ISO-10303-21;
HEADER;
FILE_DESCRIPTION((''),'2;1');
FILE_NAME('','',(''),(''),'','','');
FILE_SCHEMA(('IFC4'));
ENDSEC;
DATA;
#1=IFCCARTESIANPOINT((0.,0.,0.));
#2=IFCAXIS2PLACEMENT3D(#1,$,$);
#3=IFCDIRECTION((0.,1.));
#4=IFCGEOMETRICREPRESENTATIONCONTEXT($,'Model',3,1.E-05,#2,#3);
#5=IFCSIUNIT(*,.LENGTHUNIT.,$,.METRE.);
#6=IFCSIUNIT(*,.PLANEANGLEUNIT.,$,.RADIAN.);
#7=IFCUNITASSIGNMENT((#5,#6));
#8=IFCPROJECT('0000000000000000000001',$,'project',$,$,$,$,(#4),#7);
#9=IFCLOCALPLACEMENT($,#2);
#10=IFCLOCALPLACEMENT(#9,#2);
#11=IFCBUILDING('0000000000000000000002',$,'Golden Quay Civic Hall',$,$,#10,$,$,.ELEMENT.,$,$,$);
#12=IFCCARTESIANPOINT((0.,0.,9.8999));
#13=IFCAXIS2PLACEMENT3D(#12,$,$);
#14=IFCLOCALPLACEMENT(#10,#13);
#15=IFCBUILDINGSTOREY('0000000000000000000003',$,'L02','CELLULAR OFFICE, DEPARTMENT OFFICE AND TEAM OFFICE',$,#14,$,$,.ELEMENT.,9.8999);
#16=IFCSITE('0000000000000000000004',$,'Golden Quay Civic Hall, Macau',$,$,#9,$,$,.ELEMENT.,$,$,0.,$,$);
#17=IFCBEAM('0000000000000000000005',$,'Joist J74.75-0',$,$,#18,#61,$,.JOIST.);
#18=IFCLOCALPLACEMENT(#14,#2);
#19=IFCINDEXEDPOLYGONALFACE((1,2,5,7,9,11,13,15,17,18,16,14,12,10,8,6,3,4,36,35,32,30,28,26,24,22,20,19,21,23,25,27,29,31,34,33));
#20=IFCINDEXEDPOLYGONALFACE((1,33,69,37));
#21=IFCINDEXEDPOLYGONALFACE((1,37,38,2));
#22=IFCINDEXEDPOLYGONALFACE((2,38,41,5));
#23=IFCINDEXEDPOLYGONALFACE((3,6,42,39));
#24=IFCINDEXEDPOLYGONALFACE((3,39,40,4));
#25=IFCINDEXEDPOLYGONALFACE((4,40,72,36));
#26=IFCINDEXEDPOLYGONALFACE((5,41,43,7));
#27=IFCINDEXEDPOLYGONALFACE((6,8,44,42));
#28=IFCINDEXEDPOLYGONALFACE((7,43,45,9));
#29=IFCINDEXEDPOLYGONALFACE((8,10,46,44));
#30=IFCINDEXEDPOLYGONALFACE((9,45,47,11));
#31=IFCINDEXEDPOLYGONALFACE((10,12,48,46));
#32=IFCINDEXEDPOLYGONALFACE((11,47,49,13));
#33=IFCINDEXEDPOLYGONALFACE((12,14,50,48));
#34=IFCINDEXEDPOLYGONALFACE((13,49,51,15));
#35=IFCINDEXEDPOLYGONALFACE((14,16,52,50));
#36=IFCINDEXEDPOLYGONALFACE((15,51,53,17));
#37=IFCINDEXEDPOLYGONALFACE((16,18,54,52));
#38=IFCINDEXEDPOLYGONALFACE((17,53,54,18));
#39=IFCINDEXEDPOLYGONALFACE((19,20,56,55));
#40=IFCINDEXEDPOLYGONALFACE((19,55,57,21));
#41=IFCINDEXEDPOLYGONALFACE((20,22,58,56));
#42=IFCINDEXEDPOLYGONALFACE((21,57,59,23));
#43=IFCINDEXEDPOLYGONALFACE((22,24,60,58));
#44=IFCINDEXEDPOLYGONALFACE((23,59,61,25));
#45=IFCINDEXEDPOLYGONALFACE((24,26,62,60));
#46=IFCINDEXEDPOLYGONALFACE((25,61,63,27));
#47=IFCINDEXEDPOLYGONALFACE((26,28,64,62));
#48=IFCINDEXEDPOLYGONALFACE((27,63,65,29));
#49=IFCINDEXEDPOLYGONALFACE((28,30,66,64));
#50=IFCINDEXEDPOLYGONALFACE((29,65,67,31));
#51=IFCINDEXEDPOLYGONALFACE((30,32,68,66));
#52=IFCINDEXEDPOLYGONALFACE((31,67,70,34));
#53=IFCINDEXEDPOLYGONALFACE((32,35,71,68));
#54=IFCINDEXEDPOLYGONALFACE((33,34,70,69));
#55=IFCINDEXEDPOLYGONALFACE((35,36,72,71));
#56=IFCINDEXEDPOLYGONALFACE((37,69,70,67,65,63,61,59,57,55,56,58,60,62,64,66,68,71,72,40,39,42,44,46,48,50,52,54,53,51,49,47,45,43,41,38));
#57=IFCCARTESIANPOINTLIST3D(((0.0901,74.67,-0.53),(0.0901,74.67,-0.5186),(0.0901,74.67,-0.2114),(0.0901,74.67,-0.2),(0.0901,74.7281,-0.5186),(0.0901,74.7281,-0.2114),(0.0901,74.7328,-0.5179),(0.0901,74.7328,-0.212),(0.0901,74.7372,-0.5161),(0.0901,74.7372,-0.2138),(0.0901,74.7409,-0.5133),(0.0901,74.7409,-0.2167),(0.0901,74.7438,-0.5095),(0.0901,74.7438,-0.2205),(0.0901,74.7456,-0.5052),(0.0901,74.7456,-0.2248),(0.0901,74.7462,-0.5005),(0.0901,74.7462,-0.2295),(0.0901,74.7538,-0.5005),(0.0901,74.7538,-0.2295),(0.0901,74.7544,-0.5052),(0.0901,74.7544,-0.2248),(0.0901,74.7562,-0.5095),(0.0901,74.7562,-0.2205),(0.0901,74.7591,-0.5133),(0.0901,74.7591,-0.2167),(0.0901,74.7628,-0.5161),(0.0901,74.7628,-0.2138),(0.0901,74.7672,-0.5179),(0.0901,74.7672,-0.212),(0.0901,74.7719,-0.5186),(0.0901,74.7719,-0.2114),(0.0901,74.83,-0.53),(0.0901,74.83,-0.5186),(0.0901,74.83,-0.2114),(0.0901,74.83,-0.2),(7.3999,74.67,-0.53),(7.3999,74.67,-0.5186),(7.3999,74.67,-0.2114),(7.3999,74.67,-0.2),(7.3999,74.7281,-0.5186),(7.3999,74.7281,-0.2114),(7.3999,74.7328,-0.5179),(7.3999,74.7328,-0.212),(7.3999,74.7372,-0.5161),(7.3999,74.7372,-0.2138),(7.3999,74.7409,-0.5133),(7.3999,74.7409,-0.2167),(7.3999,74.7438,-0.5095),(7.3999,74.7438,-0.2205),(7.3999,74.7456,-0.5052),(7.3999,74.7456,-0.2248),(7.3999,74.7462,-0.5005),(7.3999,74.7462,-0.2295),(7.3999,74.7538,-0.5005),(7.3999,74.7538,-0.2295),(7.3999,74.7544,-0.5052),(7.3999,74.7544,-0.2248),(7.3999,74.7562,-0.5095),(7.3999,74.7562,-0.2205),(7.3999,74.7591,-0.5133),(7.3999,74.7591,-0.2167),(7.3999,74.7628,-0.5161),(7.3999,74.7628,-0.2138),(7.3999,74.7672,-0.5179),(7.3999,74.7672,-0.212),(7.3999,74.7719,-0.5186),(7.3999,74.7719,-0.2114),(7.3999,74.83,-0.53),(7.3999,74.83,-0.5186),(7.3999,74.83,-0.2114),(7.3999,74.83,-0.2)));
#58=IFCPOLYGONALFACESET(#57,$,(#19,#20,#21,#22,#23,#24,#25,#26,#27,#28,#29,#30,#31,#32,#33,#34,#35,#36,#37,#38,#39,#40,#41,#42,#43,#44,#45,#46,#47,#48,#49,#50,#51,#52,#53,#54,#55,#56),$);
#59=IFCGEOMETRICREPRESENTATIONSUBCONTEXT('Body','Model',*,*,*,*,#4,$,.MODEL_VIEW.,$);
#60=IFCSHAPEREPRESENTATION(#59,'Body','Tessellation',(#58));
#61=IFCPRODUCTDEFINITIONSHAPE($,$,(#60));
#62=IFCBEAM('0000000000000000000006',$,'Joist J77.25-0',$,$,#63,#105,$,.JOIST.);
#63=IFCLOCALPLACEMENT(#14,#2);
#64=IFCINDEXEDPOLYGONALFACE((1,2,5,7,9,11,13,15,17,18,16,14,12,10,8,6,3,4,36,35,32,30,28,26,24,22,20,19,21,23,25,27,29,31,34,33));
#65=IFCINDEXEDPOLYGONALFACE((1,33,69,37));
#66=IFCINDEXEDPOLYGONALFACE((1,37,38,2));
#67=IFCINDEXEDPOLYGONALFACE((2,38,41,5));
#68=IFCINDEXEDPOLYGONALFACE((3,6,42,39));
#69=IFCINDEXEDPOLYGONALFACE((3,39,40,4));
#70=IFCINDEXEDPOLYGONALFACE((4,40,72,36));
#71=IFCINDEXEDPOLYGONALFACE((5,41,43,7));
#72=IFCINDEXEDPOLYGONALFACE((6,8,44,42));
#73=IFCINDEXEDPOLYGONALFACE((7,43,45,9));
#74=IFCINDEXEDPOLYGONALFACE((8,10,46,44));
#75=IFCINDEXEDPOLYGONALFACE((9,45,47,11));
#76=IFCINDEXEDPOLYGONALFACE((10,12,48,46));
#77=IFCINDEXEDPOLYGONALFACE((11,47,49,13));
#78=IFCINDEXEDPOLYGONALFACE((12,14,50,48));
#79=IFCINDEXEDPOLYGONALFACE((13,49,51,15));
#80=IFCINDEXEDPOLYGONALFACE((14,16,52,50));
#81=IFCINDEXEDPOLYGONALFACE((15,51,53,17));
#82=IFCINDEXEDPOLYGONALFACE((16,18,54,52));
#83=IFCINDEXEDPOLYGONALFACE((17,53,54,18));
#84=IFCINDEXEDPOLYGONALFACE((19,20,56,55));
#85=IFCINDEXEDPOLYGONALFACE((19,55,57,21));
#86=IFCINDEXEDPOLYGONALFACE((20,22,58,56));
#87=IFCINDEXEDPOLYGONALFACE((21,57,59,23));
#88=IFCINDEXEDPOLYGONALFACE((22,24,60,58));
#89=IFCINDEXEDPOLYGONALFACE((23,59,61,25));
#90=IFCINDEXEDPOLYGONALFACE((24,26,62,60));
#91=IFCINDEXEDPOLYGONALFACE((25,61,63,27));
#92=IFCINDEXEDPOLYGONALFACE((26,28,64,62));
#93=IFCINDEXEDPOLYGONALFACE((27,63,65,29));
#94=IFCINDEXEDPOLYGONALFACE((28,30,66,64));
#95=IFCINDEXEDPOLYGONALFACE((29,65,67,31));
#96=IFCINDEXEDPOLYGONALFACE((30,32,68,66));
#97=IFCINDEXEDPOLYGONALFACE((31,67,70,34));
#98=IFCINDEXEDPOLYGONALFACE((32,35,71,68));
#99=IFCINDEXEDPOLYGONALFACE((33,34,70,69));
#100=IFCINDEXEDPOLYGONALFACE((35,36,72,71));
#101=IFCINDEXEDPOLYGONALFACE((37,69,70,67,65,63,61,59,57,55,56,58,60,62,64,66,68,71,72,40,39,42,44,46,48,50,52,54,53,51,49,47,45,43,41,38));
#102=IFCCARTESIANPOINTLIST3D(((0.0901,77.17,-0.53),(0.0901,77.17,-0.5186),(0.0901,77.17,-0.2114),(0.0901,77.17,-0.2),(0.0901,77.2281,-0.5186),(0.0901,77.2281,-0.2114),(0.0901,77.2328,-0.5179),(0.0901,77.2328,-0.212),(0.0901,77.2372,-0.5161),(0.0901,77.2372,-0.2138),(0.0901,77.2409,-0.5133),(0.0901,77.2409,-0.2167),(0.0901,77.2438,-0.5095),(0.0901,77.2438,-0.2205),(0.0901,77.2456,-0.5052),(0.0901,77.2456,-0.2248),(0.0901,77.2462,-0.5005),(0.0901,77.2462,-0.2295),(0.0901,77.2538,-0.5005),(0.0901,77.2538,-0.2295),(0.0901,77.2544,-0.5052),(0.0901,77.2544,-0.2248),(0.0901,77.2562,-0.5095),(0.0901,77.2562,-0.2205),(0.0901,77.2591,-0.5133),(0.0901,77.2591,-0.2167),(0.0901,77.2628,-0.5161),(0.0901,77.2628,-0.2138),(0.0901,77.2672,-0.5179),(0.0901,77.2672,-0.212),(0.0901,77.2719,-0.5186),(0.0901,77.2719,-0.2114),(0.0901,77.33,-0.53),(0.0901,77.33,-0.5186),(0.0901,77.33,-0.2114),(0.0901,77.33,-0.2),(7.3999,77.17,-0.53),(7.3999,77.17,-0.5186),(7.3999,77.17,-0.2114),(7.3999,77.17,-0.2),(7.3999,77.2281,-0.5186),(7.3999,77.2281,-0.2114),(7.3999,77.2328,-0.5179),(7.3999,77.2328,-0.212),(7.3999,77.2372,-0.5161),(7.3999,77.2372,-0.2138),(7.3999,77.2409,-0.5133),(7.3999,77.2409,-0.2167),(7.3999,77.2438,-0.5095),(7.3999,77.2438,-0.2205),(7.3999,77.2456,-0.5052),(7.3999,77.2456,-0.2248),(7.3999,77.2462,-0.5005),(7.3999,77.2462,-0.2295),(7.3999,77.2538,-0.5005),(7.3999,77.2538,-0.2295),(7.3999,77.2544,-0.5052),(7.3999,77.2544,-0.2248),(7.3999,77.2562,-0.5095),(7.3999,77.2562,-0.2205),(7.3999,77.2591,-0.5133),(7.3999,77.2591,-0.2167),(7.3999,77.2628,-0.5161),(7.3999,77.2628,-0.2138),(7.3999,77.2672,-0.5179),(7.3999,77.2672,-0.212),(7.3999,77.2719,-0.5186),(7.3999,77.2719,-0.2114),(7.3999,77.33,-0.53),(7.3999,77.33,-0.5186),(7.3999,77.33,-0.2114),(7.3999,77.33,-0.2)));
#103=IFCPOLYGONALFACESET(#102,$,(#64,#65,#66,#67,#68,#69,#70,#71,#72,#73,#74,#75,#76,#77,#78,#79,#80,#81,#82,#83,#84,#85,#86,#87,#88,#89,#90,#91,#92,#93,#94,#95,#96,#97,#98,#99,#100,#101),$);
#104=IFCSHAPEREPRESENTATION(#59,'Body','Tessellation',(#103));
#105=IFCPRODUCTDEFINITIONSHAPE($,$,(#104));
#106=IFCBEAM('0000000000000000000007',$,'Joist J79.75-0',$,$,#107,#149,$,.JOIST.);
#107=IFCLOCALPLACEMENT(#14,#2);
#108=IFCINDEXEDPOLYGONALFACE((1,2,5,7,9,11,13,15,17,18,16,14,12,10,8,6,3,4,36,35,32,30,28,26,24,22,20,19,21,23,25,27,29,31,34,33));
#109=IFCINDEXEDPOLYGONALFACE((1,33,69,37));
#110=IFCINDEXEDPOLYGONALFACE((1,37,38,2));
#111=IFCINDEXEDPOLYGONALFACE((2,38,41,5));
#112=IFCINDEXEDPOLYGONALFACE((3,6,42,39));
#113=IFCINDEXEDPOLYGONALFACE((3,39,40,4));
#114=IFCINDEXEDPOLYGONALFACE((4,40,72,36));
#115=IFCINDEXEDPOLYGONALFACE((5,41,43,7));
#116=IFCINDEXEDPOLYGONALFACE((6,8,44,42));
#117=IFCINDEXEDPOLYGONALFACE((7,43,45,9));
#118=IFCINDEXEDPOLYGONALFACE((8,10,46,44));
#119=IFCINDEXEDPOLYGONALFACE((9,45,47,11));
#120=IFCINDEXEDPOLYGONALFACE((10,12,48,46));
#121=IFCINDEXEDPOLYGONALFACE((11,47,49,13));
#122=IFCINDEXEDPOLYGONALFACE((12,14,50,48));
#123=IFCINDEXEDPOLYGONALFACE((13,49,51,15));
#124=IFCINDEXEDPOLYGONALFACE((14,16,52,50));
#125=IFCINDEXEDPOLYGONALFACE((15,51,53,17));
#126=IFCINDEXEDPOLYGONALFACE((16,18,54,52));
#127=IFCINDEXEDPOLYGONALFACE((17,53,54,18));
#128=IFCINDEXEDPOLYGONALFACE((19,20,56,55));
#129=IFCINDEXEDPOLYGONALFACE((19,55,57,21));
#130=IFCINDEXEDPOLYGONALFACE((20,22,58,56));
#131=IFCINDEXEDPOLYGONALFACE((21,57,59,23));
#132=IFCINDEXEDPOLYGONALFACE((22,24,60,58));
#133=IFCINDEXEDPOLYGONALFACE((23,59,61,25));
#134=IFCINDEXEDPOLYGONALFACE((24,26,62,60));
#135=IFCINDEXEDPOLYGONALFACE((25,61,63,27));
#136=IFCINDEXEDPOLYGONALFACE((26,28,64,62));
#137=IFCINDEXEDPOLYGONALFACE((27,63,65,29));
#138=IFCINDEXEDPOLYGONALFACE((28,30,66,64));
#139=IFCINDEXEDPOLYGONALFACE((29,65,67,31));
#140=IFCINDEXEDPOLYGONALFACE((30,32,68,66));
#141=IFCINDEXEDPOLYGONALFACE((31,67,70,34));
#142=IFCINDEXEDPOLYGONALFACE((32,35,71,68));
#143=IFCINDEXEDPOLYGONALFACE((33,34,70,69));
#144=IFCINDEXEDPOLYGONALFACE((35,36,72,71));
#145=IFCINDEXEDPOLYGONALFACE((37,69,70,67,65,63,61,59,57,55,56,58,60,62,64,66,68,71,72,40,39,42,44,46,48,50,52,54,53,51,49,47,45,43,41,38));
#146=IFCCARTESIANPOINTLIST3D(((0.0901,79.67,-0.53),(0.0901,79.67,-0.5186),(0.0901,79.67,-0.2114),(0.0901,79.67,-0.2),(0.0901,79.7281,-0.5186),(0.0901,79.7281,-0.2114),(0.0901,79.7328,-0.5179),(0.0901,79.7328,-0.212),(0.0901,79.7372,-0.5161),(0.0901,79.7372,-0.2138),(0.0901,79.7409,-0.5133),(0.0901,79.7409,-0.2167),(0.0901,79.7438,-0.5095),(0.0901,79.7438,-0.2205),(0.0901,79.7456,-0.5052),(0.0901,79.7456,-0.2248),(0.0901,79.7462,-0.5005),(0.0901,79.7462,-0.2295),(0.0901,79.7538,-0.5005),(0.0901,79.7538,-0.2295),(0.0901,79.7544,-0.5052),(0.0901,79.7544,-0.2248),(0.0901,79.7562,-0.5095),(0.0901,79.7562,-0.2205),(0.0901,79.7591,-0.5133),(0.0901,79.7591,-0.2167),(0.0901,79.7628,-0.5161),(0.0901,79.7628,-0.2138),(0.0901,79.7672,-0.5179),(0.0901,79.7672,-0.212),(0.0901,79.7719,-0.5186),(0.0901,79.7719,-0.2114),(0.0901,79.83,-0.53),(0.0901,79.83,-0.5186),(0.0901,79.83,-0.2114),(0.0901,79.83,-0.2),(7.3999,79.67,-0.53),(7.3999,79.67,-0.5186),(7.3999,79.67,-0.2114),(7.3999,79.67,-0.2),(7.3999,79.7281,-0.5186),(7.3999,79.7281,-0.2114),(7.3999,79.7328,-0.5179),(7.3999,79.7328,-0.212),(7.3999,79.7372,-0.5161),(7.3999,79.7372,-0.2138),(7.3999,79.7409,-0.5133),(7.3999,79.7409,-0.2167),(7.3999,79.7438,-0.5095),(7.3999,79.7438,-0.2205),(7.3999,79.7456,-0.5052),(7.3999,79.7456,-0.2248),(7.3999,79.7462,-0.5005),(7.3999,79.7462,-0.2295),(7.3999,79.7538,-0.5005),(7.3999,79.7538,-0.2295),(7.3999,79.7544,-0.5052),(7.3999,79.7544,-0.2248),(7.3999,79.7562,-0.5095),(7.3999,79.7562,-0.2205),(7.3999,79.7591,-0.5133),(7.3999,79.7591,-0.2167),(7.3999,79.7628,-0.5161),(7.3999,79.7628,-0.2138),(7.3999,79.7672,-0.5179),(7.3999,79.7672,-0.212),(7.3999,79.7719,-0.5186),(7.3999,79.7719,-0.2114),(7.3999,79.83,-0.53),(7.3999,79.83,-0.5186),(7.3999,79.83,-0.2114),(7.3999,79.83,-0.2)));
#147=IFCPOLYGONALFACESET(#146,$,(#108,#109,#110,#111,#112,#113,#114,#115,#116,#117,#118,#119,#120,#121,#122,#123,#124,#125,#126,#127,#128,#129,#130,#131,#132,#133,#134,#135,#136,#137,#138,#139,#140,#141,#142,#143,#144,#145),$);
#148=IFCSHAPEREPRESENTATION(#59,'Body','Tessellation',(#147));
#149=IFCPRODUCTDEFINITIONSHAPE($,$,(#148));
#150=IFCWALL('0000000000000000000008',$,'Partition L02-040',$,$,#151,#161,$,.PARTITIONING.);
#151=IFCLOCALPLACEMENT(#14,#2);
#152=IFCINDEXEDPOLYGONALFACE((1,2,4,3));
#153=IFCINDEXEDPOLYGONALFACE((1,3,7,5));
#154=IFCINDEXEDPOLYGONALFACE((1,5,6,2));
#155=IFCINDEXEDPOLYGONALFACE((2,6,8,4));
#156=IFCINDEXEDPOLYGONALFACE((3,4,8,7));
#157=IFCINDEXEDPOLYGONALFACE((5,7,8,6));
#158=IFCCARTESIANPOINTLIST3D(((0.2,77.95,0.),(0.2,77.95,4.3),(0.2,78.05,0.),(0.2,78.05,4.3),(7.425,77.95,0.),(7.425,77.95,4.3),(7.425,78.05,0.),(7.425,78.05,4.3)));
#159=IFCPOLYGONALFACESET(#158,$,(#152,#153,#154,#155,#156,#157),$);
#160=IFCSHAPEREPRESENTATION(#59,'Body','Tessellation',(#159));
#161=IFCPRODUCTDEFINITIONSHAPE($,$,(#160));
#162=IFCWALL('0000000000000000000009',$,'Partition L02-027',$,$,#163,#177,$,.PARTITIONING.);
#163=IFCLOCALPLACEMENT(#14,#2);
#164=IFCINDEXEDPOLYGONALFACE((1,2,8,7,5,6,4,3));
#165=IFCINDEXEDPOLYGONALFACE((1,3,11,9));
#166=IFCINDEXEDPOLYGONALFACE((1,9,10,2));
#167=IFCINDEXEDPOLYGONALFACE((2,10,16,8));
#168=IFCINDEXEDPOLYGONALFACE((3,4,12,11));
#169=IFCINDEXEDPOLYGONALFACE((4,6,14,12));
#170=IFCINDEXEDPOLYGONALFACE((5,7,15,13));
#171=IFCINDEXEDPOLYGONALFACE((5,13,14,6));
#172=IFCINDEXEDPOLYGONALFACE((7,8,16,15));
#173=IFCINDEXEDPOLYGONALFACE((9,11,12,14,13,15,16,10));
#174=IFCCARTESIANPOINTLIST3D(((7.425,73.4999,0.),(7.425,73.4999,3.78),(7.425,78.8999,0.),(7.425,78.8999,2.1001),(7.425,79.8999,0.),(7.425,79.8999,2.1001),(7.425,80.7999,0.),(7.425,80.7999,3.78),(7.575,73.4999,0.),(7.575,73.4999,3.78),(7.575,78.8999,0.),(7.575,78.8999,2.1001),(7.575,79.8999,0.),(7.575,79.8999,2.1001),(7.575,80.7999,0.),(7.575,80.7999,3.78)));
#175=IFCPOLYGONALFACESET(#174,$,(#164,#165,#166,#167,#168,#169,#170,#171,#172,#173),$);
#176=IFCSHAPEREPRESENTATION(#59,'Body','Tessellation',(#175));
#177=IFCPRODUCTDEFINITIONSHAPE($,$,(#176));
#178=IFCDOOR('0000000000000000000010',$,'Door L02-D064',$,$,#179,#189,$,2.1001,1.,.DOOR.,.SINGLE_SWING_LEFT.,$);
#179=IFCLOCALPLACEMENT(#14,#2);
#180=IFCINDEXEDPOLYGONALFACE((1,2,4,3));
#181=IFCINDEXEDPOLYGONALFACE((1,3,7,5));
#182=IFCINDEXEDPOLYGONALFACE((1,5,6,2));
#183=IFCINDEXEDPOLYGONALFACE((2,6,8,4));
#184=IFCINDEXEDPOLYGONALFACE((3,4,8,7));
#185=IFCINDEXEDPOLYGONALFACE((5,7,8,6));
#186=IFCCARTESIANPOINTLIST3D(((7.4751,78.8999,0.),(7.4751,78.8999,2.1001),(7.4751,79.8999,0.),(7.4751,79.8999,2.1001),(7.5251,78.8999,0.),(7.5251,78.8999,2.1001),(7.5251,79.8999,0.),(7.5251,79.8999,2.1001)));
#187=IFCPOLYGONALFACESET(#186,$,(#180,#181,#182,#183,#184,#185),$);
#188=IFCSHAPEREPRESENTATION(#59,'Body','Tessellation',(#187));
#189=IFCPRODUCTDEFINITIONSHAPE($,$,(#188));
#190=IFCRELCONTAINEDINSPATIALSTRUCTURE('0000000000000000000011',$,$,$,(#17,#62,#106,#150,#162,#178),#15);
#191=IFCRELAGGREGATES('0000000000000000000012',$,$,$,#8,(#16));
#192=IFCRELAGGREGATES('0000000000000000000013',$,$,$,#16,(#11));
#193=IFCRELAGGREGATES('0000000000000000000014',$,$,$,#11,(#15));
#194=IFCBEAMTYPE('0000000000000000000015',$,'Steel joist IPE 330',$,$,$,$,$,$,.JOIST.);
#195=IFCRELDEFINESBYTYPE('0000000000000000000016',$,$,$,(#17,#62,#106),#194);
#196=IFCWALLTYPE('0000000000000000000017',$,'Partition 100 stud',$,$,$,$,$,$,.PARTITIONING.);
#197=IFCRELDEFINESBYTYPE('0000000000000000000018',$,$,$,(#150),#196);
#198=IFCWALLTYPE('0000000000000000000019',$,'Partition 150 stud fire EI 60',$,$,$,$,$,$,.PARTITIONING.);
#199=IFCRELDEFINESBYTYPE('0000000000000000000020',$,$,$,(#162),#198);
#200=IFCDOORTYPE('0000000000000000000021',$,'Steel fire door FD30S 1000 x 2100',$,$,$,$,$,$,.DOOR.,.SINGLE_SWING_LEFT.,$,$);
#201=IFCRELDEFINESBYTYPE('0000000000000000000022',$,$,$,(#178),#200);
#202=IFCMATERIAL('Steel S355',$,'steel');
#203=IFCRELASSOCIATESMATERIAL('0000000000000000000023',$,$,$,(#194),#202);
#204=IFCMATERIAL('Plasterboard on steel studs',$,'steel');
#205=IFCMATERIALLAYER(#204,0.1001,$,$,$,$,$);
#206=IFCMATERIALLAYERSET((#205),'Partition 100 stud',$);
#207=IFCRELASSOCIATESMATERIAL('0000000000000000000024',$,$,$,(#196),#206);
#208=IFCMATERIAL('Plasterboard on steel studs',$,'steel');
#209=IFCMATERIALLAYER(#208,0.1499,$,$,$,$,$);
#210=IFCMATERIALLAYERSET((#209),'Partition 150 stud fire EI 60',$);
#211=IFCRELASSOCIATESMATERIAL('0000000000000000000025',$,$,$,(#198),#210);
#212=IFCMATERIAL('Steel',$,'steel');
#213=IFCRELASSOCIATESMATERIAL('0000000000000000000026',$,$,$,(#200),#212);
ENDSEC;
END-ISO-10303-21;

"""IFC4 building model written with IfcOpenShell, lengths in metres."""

from ifc_helpers import new_model, si_unit, direction, frame, frame_2d, origin, origin_2d, place, context, subcontext, project, spatial, rectangle, i_section, extrude, material, layer, layer_set, material_profile, profile_set, type_object, element, fill, save


model = new_model("IFC4")

# Units and contexts
model_context = context("Model", 3, precision=1e-05, world=origin(), true_north=direction((0.0, 1.0)))
body_context = subcontext(model_context, "Body", "Model", "MODEL_VIEW")
ifc_project = project(units=[si_unit("LENGTHUNIT", "METRE"), si_unit("PLANEANGLEUNIT", "RADIAN")], contexts=[model_context])

# Site, building, storey
site_placement = place(None, origin())
site = spatial("IfcSite", under=ifc_project, at=site_placement, Name="Golden Quay Civic Hall, Macau", CompositionType="ELEMENT", RefElevation=0.0)
building_placement = place(site_placement, origin())
building = spatial("IfcBuilding", under=site, at=building_placement, Name="Golden Quay Civic Hall", CompositionType="ELEMENT")
storey_placement = place(building_placement, frame((0.0, 0.0, 9.8999)))
storey = spatial("IfcBuildingStorey", under=building, at=storey_placement, Name="L02", Description="CELLULAR OFFICE, DEPARTMENT OFFICE AND TEAM OFFICE", CompositionType="ELEMENT", Elevation=9.8999)

# Beams
ifc_material_1 = material(Name="Steel S355", Category="steel")
ifc_material_profile_1 = material_profile(ifc_material_1, i_section(OverallWidth=0.1599, OverallDepth=0.3301, WebThickness=0.0076, FlangeThickness=0.0115, FilletRadius=0.0181, at=origin_2d()), Name="IPE 330")
ifc_profile_set_1 = profile_set([ifc_material_profile_1], Name="Steel S355")
beam_type_1 = type_object("IfcBeamType", Name="Steel joist IPE 330", PredefinedType="JOIST", material=ifc_profile_set_1)
for number, where, z_axis, x_axis, name in (
    (1, (0.0901, 74.75, -0.365), (1.0, 0.0, 0.0), (0.0, 1.0, 0.0), "Joist J74.75-0"),
    (2, (0.0901, 77.25, -0.365), (1.0, 0.0, 0.0), (0.0, 1.0, 0.0), "Joist J77.25-0"),
    (3, (0.0901, 79.75, -0.365), (1.0, 0.0, 0.0), (0.0, 1.0, 0.0), "Joist J79.75-0"),
):
    element("IfcBeam", number, at=place(storey_placement, frame(where, z_axis=z_axis, x_axis=x_axis)), inside=storey, type_object=beam_type_1, Name=name, PredefinedType="JOIST", context=body_context, shape_type="SweptSolid", body=[
        extrude(i_section(OverallWidth=0.1599, OverallDepth=0.3301, WebThickness=0.0076, FlangeThickness=0.0115, FilletRadius=0.0181, at=origin_2d()), origin(), (0.0, 0.0, 1.0), 7.3098),
    ])

# Wall
ifc_material_2 = material(Name="Plasterboard on steel studs", Category="steel")
ifc_layer_1 = layer(ifc_material_2, 0.1001)
ifc_layer_set_1 = layer_set([ifc_layer_1], Name="Partition 100 stud")
wall_type_1 = type_object("IfcWallType", Name="Partition 100 stud", PredefinedType="PARTITIONING", material=ifc_layer_set_1)
wall_1_placement = place(storey_placement, frame((0.2, 78.0, 0.0), z_axis=(0.0, 0.0, 1.0), x_axis=(1.0, 0.0, 0.0)))
element("IfcWall", 4, at=wall_1_placement, inside=storey, type_object=wall_type_1, Name="Partition L02-040", PredefinedType="PARTITIONING", context=body_context, shape_type="SweptSolid", body=[
    extrude(rectangle(XDim=7.2251, YDim=0.1001, at=frame_2d((3.6125, 0.0))), origin(), (0.0, 0.0, 1.0), 4.3),
])

# Wall, opening, door
ifc_material_3 = material(Name="Plasterboard on steel studs", Category="steel")
ifc_layer_2 = layer(ifc_material_3, 0.1499)
ifc_layer_set_2 = layer_set([ifc_layer_2], Name="Partition 150 stud fire EI 60")
wall_type_2 = type_object("IfcWallType", Name="Partition 150 stud fire EI 60", PredefinedType="PARTITIONING", material=ifc_layer_set_2)
wall_2_placement = place(storey_placement, frame((7.5, 73.5, 0.0), z_axis=(0.0, 0.0, 1.0), x_axis=(0.0, 1.0, 0.0)))
wall_2 = element("IfcWall", 5, at=wall_2_placement, inside=storey, type_object=wall_type_2, Name="Partition L02-027", PredefinedType="PARTITIONING", context=body_context, shape_type="SweptSolid", body=[
    extrude(rectangle(XDim=7.3, YDim=0.1499, at=frame_2d((3.6499, 0.0))), origin(), (0.0, 0.0, 1.0), 3.78),
])
opening_1_placement = place(wall_2_placement, frame((5.3999, 0.0, 0.0)))
opening_1 = element("IfcOpeningElement", 6, at=opening_1_placement, cuts=wall_2, PredefinedType="OPENING", context=body_context, shape_type="SweptSolid", body=[
    extrude(rectangle(XDim=1.0, YDim=2.1001, at=frame_2d((0.5, 1.05))), frame((0.0, 0.085, 0.0), z_axis=(0.0, -1.0, 0.0), x_axis=(1.0, 0.0, 0.0)), (0.0, 0.0, 1.0), 0.1699),
])
ifc_material_4 = material(Name="Steel", Category="steel")
door_type = type_object("IfcDoorType", Name="Steel fire door FD30S 1000 x 2100", OperationType="SINGLE_SWING_LEFT", PredefinedType="DOOR", material=ifc_material_4)
door_1_placement = place(opening_1_placement, origin())
door_1 = element("IfcDoor", 7, at=door_1_placement, inside=storey, type_object=door_type, Name="Door L02-D064", OperationType="SINGLE_SWING_LEFT", OverallHeight=2.1001, OverallWidth=1.0, PredefinedType="DOOR", context=body_context, shape_type="SweptSolid", body=[
    extrude(rectangle(XDim=1.0, YDim=2.1001, at=frame_2d((0.5, 1.05))), frame((0.0, 0.0249, 0.0), z_axis=(0.0, -1.0, 0.0), x_axis=(1.0, 0.0, 0.0)), (0.0, 0.0, 1.0), 0.05),
])
fill(opening_1, door_1)

save(model, "model.ifc")
